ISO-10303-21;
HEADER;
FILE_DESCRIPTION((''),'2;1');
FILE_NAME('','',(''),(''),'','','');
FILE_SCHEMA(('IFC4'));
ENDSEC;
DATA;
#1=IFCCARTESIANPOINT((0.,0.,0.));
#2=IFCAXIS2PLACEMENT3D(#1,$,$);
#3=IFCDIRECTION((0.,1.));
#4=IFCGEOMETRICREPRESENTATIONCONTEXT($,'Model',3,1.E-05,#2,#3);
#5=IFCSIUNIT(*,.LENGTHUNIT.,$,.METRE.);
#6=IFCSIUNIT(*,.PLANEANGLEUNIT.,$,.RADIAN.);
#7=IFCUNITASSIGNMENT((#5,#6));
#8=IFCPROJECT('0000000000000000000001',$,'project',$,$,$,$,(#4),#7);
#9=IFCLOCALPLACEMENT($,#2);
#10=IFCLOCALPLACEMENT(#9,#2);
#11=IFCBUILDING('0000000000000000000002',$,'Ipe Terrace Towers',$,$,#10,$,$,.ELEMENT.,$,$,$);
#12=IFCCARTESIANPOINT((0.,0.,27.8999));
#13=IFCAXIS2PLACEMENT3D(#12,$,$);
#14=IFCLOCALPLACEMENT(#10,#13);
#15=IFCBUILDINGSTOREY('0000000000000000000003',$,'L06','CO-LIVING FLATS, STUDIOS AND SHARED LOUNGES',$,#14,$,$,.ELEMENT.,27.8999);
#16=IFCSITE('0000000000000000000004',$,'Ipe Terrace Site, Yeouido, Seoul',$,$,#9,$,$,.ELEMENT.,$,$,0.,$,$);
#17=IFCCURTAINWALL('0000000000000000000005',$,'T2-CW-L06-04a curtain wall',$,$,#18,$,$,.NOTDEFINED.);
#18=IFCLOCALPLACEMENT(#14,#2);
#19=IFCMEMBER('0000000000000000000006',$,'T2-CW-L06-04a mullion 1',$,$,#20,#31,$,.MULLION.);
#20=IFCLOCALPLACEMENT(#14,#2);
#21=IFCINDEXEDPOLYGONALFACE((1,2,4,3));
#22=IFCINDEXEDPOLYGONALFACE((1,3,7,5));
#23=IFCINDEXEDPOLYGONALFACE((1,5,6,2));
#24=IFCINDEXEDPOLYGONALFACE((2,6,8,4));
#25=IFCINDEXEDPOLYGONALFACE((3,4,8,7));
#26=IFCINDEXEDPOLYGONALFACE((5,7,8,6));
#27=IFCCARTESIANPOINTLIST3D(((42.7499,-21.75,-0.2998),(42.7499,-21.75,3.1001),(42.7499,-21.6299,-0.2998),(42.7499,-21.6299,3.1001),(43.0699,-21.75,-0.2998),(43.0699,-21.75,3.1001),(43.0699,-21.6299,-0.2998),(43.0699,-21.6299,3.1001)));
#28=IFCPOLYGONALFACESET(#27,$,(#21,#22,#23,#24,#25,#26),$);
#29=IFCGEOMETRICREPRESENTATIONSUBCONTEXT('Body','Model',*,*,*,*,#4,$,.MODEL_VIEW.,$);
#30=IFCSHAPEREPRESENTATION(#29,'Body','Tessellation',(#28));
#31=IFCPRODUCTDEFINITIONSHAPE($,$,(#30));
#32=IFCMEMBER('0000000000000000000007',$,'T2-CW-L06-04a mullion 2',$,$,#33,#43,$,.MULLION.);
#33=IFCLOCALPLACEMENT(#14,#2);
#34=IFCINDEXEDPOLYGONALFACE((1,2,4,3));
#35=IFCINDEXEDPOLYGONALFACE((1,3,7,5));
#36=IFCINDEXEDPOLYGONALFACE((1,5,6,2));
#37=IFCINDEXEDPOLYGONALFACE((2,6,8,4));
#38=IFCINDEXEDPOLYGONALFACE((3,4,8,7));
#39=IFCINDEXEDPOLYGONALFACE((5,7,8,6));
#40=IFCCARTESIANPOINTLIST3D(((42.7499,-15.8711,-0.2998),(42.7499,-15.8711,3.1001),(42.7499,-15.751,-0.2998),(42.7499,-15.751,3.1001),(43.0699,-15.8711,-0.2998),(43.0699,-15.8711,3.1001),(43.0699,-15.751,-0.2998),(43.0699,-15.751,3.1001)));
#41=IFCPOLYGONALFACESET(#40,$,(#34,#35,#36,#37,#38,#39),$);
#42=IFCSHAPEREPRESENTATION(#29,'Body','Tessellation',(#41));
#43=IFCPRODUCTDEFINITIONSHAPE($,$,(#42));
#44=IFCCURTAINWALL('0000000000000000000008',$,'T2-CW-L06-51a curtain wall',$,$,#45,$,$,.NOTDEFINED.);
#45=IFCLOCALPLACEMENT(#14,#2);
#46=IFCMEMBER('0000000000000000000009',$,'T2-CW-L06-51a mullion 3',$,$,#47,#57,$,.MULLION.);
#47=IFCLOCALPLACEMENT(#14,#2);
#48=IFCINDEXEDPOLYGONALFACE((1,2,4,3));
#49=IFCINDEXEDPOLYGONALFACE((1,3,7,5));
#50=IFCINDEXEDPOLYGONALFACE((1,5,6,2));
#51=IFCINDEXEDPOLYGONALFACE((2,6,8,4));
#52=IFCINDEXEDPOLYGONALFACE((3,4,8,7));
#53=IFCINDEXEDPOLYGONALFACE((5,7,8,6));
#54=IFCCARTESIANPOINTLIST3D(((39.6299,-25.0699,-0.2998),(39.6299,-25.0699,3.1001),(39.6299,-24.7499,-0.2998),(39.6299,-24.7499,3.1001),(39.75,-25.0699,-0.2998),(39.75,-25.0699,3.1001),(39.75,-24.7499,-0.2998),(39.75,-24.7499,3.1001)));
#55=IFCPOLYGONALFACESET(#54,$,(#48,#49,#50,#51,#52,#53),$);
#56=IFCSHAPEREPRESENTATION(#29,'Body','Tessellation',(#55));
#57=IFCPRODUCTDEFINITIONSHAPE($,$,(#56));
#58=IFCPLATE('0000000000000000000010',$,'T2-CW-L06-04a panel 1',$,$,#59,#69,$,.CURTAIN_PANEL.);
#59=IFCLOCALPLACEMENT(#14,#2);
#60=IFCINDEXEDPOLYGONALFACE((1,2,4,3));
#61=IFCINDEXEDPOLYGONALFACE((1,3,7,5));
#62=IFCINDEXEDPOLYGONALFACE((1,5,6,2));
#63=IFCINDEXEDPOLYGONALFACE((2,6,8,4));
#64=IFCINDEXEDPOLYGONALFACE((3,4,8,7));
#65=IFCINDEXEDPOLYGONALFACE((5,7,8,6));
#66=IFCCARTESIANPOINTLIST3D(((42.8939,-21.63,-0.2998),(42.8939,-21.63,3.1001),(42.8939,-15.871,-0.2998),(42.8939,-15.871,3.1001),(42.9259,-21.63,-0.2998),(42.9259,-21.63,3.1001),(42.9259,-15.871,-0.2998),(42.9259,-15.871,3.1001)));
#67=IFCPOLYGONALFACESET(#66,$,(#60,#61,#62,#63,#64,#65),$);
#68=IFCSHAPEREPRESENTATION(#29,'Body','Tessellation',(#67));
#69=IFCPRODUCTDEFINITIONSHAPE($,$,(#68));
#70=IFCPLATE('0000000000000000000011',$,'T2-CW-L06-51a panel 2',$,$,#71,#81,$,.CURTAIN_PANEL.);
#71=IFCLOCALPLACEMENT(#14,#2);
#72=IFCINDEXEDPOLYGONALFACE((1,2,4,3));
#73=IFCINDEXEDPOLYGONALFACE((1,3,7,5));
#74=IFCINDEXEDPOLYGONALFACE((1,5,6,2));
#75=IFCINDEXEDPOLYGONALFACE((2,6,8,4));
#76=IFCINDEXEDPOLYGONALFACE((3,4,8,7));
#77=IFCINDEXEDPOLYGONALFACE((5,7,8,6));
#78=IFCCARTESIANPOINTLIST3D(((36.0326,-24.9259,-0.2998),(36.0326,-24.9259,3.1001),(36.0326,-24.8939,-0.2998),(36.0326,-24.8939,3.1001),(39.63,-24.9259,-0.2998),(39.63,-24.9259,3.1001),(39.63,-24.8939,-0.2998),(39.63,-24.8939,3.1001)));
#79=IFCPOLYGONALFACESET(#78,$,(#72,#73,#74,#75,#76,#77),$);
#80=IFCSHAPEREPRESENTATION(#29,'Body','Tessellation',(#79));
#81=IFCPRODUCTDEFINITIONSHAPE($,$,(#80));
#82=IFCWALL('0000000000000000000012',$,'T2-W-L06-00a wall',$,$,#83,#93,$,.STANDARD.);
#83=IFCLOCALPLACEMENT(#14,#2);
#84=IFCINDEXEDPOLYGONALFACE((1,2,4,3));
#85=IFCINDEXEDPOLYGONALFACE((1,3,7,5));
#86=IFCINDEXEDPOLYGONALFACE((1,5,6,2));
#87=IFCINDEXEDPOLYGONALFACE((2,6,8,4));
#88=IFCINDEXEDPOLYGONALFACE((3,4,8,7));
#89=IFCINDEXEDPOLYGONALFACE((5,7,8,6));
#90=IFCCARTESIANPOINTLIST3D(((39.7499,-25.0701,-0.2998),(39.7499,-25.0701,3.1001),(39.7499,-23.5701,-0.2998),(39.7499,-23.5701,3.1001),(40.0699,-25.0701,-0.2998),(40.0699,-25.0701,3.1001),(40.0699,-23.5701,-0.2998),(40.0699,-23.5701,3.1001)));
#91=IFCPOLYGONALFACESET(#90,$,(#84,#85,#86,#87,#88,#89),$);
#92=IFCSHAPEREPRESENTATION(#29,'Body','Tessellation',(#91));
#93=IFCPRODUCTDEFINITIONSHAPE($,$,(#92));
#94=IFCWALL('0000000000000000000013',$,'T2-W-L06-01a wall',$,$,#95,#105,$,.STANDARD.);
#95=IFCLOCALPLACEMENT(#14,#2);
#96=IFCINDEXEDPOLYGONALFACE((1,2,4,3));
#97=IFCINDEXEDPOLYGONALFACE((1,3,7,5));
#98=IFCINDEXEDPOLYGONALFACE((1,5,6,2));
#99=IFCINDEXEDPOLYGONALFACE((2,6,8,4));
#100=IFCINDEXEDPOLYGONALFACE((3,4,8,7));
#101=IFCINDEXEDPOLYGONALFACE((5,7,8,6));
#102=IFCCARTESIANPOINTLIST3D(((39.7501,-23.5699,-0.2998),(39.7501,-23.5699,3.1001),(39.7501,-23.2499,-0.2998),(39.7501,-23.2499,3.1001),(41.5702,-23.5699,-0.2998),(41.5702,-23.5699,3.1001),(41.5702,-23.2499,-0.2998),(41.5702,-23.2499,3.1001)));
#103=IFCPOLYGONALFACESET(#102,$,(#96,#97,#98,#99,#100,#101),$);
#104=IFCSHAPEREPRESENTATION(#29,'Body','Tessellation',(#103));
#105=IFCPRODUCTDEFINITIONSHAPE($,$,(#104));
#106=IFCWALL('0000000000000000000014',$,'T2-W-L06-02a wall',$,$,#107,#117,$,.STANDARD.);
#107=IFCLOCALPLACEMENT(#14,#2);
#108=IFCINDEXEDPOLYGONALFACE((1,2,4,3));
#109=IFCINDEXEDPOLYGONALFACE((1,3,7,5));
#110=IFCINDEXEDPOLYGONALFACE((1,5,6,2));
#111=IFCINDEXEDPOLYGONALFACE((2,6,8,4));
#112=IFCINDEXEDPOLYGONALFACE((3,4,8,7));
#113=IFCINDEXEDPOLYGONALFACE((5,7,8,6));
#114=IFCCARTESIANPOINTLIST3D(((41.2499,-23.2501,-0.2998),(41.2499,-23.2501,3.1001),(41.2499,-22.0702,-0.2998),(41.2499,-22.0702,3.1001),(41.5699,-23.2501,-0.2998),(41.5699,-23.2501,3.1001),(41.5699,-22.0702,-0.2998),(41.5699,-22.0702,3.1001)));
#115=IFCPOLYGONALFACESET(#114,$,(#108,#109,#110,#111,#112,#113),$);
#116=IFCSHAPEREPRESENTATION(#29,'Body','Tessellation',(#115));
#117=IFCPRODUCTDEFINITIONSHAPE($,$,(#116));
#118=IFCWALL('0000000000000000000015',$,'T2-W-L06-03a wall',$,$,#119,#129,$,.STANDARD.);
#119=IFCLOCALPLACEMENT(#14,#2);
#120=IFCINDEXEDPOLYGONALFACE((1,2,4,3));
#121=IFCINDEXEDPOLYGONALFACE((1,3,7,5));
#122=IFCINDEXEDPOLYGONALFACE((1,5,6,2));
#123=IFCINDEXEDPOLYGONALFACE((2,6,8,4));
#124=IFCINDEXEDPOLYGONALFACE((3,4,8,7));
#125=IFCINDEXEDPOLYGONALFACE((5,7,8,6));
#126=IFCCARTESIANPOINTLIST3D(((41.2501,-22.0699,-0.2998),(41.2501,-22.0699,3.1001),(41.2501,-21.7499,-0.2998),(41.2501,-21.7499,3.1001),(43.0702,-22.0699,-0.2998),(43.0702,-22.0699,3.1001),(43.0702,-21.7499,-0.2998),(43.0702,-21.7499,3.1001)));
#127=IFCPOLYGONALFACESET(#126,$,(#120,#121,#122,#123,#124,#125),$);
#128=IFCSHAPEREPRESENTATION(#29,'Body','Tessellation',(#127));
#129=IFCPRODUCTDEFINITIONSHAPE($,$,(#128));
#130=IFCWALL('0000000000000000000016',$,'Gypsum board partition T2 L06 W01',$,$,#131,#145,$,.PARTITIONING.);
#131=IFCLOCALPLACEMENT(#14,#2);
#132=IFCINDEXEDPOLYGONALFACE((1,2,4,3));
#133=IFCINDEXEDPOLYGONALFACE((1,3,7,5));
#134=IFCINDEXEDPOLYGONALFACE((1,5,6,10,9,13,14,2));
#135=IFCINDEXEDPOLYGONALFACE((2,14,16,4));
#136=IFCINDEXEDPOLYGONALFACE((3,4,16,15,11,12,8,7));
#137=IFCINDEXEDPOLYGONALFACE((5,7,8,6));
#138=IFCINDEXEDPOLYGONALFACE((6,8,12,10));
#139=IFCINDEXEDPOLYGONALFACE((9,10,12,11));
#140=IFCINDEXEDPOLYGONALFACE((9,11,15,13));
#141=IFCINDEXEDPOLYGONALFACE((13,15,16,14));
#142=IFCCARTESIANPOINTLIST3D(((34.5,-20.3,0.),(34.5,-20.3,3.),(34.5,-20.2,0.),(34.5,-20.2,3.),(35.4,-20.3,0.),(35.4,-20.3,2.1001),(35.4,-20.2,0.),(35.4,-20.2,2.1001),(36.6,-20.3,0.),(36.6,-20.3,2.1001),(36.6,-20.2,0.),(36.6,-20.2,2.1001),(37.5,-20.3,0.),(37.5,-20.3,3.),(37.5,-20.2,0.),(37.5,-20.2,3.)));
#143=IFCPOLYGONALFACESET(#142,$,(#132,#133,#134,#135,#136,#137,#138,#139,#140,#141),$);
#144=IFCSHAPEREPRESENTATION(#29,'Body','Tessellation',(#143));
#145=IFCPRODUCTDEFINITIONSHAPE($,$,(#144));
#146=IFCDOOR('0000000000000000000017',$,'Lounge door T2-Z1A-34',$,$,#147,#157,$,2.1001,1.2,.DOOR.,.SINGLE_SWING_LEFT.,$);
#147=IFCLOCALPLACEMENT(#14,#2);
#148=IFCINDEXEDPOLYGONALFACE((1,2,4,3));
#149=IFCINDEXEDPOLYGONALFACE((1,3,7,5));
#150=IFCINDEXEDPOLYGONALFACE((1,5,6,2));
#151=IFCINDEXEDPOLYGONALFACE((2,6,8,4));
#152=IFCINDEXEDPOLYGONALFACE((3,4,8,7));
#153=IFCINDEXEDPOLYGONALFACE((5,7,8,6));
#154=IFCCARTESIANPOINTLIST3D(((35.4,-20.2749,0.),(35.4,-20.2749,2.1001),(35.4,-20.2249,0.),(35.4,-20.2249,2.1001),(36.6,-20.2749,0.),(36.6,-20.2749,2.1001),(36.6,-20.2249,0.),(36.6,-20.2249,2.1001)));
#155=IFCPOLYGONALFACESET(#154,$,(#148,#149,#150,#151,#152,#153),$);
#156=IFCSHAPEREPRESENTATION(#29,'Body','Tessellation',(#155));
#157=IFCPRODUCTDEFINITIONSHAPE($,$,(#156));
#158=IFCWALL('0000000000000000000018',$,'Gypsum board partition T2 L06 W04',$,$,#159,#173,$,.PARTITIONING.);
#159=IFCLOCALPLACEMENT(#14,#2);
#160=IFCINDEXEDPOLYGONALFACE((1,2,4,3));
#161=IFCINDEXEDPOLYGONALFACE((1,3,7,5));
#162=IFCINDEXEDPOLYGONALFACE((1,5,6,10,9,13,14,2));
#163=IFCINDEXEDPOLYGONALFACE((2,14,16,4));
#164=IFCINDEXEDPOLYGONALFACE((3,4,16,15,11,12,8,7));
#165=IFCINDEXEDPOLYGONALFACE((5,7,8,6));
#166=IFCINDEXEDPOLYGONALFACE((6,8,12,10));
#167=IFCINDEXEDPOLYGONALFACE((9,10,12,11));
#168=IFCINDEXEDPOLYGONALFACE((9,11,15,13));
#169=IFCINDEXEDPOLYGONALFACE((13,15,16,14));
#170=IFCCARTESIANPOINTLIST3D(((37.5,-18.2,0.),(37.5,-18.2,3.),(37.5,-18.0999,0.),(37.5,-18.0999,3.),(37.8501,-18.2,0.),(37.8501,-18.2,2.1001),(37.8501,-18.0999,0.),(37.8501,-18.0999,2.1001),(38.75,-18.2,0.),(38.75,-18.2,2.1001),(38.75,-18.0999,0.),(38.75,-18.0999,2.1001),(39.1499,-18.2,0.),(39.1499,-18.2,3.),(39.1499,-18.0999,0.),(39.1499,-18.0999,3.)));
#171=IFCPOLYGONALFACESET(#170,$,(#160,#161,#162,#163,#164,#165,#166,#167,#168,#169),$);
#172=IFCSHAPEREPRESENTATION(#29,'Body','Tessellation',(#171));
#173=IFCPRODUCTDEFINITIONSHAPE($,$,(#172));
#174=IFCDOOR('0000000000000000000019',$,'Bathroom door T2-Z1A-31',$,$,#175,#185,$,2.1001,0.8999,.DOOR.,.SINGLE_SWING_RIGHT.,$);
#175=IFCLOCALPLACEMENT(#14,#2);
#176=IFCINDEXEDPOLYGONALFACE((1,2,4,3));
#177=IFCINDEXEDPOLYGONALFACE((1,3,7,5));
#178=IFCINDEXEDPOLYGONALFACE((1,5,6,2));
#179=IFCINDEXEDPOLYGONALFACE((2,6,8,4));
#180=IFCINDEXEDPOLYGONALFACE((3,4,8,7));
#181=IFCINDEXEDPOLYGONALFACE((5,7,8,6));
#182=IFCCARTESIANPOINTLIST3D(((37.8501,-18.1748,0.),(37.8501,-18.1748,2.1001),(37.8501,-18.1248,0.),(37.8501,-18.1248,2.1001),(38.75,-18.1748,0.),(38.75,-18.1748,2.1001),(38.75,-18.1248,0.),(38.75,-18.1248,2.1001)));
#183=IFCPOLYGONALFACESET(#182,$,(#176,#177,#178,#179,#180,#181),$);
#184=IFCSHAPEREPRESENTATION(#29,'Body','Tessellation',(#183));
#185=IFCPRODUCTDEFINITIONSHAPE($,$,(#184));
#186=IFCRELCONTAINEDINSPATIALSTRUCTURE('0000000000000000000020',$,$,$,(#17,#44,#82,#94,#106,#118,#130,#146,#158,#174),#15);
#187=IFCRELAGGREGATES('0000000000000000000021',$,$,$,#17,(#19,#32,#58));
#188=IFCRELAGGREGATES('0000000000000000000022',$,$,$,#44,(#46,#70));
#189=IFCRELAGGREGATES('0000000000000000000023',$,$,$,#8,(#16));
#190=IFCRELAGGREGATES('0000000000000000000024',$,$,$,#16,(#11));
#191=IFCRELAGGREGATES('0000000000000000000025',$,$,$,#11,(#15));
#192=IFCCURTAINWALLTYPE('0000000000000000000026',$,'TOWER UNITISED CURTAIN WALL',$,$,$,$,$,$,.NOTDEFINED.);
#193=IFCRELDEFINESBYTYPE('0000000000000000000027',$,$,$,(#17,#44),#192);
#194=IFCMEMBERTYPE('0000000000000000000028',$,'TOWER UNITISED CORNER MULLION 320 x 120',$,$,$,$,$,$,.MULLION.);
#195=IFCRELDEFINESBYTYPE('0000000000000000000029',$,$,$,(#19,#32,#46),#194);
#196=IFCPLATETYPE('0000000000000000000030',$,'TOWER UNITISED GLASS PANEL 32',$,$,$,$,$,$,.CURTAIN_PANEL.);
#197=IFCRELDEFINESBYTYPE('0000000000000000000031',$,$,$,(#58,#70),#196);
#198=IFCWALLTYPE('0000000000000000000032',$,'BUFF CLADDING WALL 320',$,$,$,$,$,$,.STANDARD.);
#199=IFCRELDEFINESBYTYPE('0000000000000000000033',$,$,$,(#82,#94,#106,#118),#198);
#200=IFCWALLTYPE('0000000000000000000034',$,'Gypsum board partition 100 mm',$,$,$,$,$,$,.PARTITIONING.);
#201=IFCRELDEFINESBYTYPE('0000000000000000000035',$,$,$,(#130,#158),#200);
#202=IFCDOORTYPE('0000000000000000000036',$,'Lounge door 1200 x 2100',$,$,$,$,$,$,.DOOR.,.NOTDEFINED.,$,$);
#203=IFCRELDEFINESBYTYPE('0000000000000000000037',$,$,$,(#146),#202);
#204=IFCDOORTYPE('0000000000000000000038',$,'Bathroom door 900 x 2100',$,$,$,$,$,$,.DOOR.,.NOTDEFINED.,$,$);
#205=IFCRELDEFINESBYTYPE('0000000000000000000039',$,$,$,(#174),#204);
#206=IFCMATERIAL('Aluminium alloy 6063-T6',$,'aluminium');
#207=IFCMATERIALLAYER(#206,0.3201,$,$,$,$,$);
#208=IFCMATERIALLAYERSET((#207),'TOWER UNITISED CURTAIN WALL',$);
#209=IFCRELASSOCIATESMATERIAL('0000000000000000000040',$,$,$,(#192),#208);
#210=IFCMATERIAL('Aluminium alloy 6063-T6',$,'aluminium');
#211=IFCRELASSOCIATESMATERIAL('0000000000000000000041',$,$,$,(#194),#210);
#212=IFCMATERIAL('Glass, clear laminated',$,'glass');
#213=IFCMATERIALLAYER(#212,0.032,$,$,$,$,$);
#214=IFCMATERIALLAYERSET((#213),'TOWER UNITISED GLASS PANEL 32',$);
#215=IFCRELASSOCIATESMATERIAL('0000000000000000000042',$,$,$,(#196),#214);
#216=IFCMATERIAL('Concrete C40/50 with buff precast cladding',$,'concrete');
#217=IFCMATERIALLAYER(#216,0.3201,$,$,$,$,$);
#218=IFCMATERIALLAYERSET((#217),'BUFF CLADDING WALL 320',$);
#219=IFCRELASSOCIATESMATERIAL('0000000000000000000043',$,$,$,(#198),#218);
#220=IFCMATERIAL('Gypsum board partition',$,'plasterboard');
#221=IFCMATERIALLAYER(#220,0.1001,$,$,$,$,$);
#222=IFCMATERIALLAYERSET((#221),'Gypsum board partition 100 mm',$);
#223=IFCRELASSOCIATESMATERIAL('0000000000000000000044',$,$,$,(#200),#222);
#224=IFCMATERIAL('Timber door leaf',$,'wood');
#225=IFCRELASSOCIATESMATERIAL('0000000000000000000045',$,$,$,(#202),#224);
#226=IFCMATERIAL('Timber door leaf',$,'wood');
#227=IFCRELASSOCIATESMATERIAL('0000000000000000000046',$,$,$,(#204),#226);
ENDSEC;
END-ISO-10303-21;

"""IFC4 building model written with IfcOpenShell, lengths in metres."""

from ifc_helpers import new_model, si_unit, direction, frame, frame_2d, origin, origin_2d, place, context, subcontext, project, spatial, rectangle, extrude, material, layer, layer_set, material_profile, profile_set, type_object, element, fill, aggregate, save


model = new_model("IFC4")

# Units and contexts
model_context = context("Model", 3, precision=1e-05, world=origin(), true_north=direction((0.0, 1.0)))
body_context = subcontext(model_context, "Body", "Model", "MODEL_VIEW")
ifc_project = project(units=[si_unit("LENGTHUNIT", "METRE"), si_unit("PLANEANGLEUNIT", "RADIAN")], contexts=[model_context])

# Site, building, storey
site_placement = place(None, origin())
site = spatial("IfcSite", under=ifc_project, at=site_placement, Name="Ipe Terrace Site, Yeouido, Seoul", CompositionType="ELEMENT", RefElevation=0.0)
building_placement = place(site_placement, origin())
building = spatial("IfcBuilding", under=site, at=building_placement, Name="Ipe Terrace Towers", CompositionType="ELEMENT")
storey_placement = place(building_placement, frame((0.0, 0.0, 27.8999)))
storey = spatial("IfcBuildingStorey", under=building, at=storey_placement, Name="L06", Description="CO-LIVING FLATS, STUDIOS AND SHARED LOUNGES", CompositionType="ELEMENT", Elevation=27.8999)

# Curtain wall, members
ifc_material_1 = material(Name="Aluminium alloy 6063-T6", Category="aluminium")
ifc_layer_1 = layer(ifc_material_1, 0.3201)
ifc_layer_set_1 = layer_set([ifc_layer_1], Name="TOWER UNITISED CURTAIN WALL")
curtain_wall_type = type_object("IfcCurtainWallType", Name="TOWER UNITISED CURTAIN WALL", PredefinedType="NOTDEFINED", material=ifc_layer_set_1)
curtain_wall_1_placement = place(storey_placement, origin())
curtain_wall_1 = element("IfcCurtainWall", 1, at=curtain_wall_1_placement, inside=storey, type_object=curtain_wall_type, Name="T2-CW-L06-04a curtain wall", PredefinedType="NOTDEFINED")
ifc_material_2 = material(Name="Aluminium alloy 6063-T6", Category="aluminium")
ifc_material_profile_1 = material_profile(ifc_material_2, rectangle(XDim=0.3201, YDim=0.1201, at=origin_2d()), Name="TOWER UNITISED CORNER MULLION 320 x 120")
ifc_profile_set_1 = profile_set([ifc_material_profile_1], Name="Aluminium alloy 6063-T6")
member_type = type_object("IfcMemberType", Name="TOWER UNITISED CORNER MULLION 320 x 120", PredefinedType="MULLION", material=ifc_profile_set_1)
member_1_placement = place(storey_placement, frame((42.9099, -21.6899, -0.2998), z_axis=(0.0, 0.0, 1.0), x_axis=(1.0, 0.0, 0.0)))
member_1 = element("IfcMember", 2, at=member_1_placement, type_object=member_type, Name="T2-CW-L06-04a mullion 1", PredefinedType="MULLION", context=body_context, shape_type="SweptSolid", body=[
    extrude(rectangle(XDim=0.3201, YDim=0.1201, at=origin_2d()), origin(), (0.0, 0.0, 1.0), 3.3999),
])
member_2_placement = place(storey_placement, frame((42.9099, -15.811, -0.2998), z_axis=(0.0, 0.0, 1.0), x_axis=(1.0, 0.0, 0.0)))
member_2 = element("IfcMember", 3, at=member_2_placement, type_object=member_type, Name="T2-CW-L06-04a mullion 2", PredefinedType="MULLION", context=body_context, shape_type="SweptSolid", body=[
    extrude(rectangle(XDim=0.3201, YDim=0.1201, at=origin_2d()), origin(), (0.0, 0.0, 1.0), 3.3999),
])

# Curtain wall, member
curtain_wall_2_placement = place(storey_placement, origin())
curtain_wall_2 = element("IfcCurtainWall", 4, at=curtain_wall_2_placement, inside=storey, type_object=curtain_wall_type, Name="T2-CW-L06-51a curtain wall", PredefinedType="NOTDEFINED")
member_3_placement = place(storey_placement, frame((39.6899, -24.9099, -0.2998), z_axis=(0.0, 0.0, 1.0), x_axis=(0.0, -1.0, 0.0)))
member_3 = element("IfcMember", 5, at=member_3_placement, type_object=member_type, Name="T2-CW-L06-51a mullion 3", PredefinedType="MULLION", context=body_context, shape_type="SweptSolid", body=[
    extrude(rectangle(XDim=0.3201, YDim=0.1201, at=origin_2d()), origin(), (0.0, 0.0, 1.0), 3.3999),
])

# Plates
ifc_material_3 = material(Name="Glass, clear laminated", Category="glass")
ifc_layer_2 = layer(ifc_material_3, 0.032)
ifc_layer_set_2 = layer_set([ifc_layer_2], Name="TOWER UNITISED GLASS PANEL 32")
plate_type = type_object("IfcPlateType", Name="TOWER UNITISED GLASS PANEL 32", PredefinedType="CURTAIN_PANEL", material=ifc_layer_set_2)
plate_1_placement = place(storey_placement, frame((42.9099, -18.7505, -0.2998), z_axis=(0.0, 0.0, 1.0), x_axis=(0.0, 1.0, 0.0)))
plate_1 = element("IfcPlate", 6, at=plate_1_placement, type_object=plate_type, Name="T2-CW-L06-04a panel 1", PredefinedType="CURTAIN_PANEL", context=body_context, shape_type="SweptSolid", body=[
    extrude(rectangle(XDim=5.759, YDim=0.032, at=origin_2d()), origin(), (0.0, 0.0, 1.0), 3.3999),
])
aggregate(curtain_wall_1, [member_1, member_2, plate_1])
plate_2_placement = place(storey_placement, frame((37.8313, -24.9099, -0.2998), z_axis=(0.0, 0.0, 1.0), x_axis=(1.0, 0.0, 0.0)))
plate_2 = element("IfcPlate", 7, at=plate_2_placement, type_object=plate_type, Name="T2-CW-L06-51a panel 2", PredefinedType="CURTAIN_PANEL", context=body_context, shape_type="SweptSolid", body=[
    extrude(rectangle(XDim=3.5974, YDim=0.032, at=origin_2d()), origin(), (0.0, 0.0, 1.0), 3.3999),
])
aggregate(curtain_wall_2, [member_3, plate_2])

# Walls
ifc_material_4 = material(Name="Concrete C40/50 with buff precast cladding", Category="concrete")
ifc_layer_3 = layer(ifc_material_4, 0.3201)
ifc_layer_set_3 = layer_set([ifc_layer_3], Name="BUFF CLADDING WALL 320")
wall_type_1 = type_object("IfcWallType", Name="BUFF CLADDING WALL 320", PredefinedType="STANDARD", material=ifc_layer_set_3)
wall_1_placement = place(storey_placement, frame((39.9099, -25.0701, -0.2998), z_axis=(0.0, 0.0, 1.0), x_axis=(0.0, 1.0, 0.0)))
element("IfcWall", 8, at=wall_1_placement, inside=storey, type_object=wall_type_1, Name="T2-W-L06-00a wall", PredefinedType="STANDARD", context=body_context, shape_type="SweptSolid", body=[
    extrude(rectangle(XDim=1.5, YDim=0.3201, at=frame_2d((0.75, 0.0))), origin(), (0.0, 0.0, 1.0), 3.3999),
])
wall_2_placement = place(storey_placement, frame((39.75, -23.4099, -0.2998), z_axis=(0.0, 0.0, 1.0), x_axis=(1.0, 0.0, 0.0)))
element("IfcWall", 9, at=wall_2_placement, inside=storey, type_object=wall_type_1, Name="T2-W-L06-01a wall", PredefinedType="STANDARD", context=body_context, shape_type="SweptSolid", body=[
    extrude(rectangle(XDim=1.8201, YDim=0.3201, at=frame_2d((0.9102, 0.0))), origin(), (0.0, 0.0, 1.0), 3.3999),
])
wall_3_placement = place(storey_placement, frame((41.4099, -23.25, -0.2998), z_axis=(0.0, 0.0, 1.0), x_axis=(0.0, 1.0, 0.0)))
element("IfcWall", 10, at=wall_3_placement, inside=storey, type_object=wall_type_1, Name="T2-W-L06-02a wall", PredefinedType="STANDARD", context=body_context, shape_type="SweptSolid", body=[
    extrude(rectangle(XDim=1.1799, YDim=0.3201, at=frame_2d((0.5898, 0.0))), origin(), (0.0, 0.0, 1.0), 3.3999),
])
wall_4_placement = place(storey_placement, frame((41.25, -21.9099, -0.2998), z_axis=(0.0, 0.0, 1.0), x_axis=(1.0, 0.0, 0.0)))
element("IfcWall", 11, at=wall_4_placement, inside=storey, type_object=wall_type_1, Name="T2-W-L06-03a wall", PredefinedType="STANDARD", context=body_context, shape_type="SweptSolid", body=[
    extrude(rectangle(XDim=1.8201, YDim=0.3201, at=frame_2d((0.9102, 0.0))), origin(), (0.0, 0.0, 1.0), 3.3999),
])

# Walls, openings, doors
ifc_material_5 = material(Name="Gypsum board partition", Category="plasterboard")
ifc_layer_4 = layer(ifc_material_5, 0.1001)
ifc_layer_set_4 = layer_set([ifc_layer_4], Name="Gypsum board partition 100 mm")
wall_type_2 = type_object("IfcWallType", Name="Gypsum board partition 100 mm", PredefinedType="PARTITIONING", material=ifc_layer_set_4)
wall_5_placement = place(storey_placement, frame((37.5, -20.25, 0.0), z_axis=(0.0, 0.0, 1.0), x_axis=(-1.0, 0.0, 0.0)))
wall_5 = element("IfcWall", 12, at=wall_5_placement, inside=storey, type_object=wall_type_2, Name="Gypsum board partition T2 L06 W01", PredefinedType="PARTITIONING", context=body_context, shape_type="SweptSolid", body=[
    extrude(rectangle(XDim=3.0, YDim=0.1001, at=frame_2d((1.5, 0.0))), origin(), (0.0, 0.0, 1.0), 3.0),
])
opening_1_placement = place(wall_5_placement, frame((0.8999, 0.0, 0.0)))
opening_1 = element("IfcOpeningElement", 13, at=opening_1_placement, cuts=wall_5, PredefinedType="OPENING", context=body_context, shape_type="SweptSolid", body=[
    extrude(rectangle(XDim=1.2, YDim=2.1001, at=frame_2d((0.6001, 1.05))), frame((0.0, 0.0601, 0.0), z_axis=(0.0, -1.0, 0.0), x_axis=(1.0, 0.0, 0.0)), (0.0, 0.0, 1.0), 0.1201),
])
ifc_material_6 = material(Name="Timber door leaf", Category="wood")
door_type_1 = type_object("IfcDoorType", Name="Lounge door 1200 x 2100", OperationType="NOTDEFINED", PredefinedType="DOOR", material=ifc_material_6)
door_1_placement = place(opening_1_placement, origin())
door_1 = element("IfcDoor", 14, at=door_1_placement, inside=storey, type_object=door_type_1, Name="Lounge door T2-Z1A-34", OperationType="SINGLE_SWING_LEFT", OverallHeight=2.1001, OverallWidth=1.2, PredefinedType="DOOR", context=body_context, shape_type="SweptSolid", body=[
    extrude(rectangle(XDim=1.2, YDim=2.1001, at=frame_2d((0.6001, 1.05))), frame((0.0, 0.0249, 0.0), z_axis=(0.0, -1.0, 0.0), x_axis=(1.0, 0.0, 0.0)), (0.0, 0.0, 1.0), 0.05),
])
fill(opening_1, door_1)
wall_6_placement = place(storey_placement, frame((39.1499, -18.1499, 0.0), z_axis=(0.0, 0.0, 1.0), x_axis=(-1.0, 0.0, 0.0)))
wall_6 = element("IfcWall", 15, at=wall_6_placement, inside=storey, type_object=wall_type_2, Name="Gypsum board partition T2 L06 W04", PredefinedType="PARTITIONING", context=body_context, shape_type="SweptSolid", body=[
    extrude(rectangle(XDim=1.6499, YDim=0.1001, at=frame_2d((0.825, 0.0))), origin(), (0.0, 0.0, 1.0), 3.0),
])
opening_2_placement = place(wall_6_placement, frame((0.3999, 0.0, 0.0)))
opening_2 = element("IfcOpeningElement", 16, at=opening_2_placement, cuts=wall_6, PredefinedType="OPENING", context=body_context, shape_type="SweptSolid", body=[
    extrude(rectangle(XDim=0.8999, YDim=2.1001, at=frame_2d((0.45, 1.05))), frame((0.0, 0.0601, 0.0), z_axis=(0.0, -1.0, 0.0), x_axis=(1.0, 0.0, 0.0)), (0.0, 0.0, 1.0), 0.1201),
])
ifc_material_7 = material(Name="Timber door leaf", Category="wood")
door_type_2 = type_object("IfcDoorType", Name="Bathroom door 900 x 2100", OperationType="NOTDEFINED", PredefinedType="DOOR", material=ifc_material_7)
door_2_placement = place(opening_2_placement, origin())
door_2 = element("IfcDoor", 17, at=door_2_placement, inside=storey, type_object=door_type_2, Name="Bathroom door T2-Z1A-31", OperationType="SINGLE_SWING_RIGHT", OverallHeight=2.1001, OverallWidth=0.8999, PredefinedType="DOOR", context=body_context, shape_type="SweptSolid", body=[
    extrude(rectangle(XDim=0.8999, YDim=2.1001, at=frame_2d((0.45, 1.05))), frame((0.0, 0.0249, 0.0), z_axis=(0.0, -1.0, 0.0), x_axis=(1.0, 0.0, 0.0)), (0.0, 0.0, 1.0), 0.05),
])
fill(opening_2, door_2)

save(model, "model.ifc")
